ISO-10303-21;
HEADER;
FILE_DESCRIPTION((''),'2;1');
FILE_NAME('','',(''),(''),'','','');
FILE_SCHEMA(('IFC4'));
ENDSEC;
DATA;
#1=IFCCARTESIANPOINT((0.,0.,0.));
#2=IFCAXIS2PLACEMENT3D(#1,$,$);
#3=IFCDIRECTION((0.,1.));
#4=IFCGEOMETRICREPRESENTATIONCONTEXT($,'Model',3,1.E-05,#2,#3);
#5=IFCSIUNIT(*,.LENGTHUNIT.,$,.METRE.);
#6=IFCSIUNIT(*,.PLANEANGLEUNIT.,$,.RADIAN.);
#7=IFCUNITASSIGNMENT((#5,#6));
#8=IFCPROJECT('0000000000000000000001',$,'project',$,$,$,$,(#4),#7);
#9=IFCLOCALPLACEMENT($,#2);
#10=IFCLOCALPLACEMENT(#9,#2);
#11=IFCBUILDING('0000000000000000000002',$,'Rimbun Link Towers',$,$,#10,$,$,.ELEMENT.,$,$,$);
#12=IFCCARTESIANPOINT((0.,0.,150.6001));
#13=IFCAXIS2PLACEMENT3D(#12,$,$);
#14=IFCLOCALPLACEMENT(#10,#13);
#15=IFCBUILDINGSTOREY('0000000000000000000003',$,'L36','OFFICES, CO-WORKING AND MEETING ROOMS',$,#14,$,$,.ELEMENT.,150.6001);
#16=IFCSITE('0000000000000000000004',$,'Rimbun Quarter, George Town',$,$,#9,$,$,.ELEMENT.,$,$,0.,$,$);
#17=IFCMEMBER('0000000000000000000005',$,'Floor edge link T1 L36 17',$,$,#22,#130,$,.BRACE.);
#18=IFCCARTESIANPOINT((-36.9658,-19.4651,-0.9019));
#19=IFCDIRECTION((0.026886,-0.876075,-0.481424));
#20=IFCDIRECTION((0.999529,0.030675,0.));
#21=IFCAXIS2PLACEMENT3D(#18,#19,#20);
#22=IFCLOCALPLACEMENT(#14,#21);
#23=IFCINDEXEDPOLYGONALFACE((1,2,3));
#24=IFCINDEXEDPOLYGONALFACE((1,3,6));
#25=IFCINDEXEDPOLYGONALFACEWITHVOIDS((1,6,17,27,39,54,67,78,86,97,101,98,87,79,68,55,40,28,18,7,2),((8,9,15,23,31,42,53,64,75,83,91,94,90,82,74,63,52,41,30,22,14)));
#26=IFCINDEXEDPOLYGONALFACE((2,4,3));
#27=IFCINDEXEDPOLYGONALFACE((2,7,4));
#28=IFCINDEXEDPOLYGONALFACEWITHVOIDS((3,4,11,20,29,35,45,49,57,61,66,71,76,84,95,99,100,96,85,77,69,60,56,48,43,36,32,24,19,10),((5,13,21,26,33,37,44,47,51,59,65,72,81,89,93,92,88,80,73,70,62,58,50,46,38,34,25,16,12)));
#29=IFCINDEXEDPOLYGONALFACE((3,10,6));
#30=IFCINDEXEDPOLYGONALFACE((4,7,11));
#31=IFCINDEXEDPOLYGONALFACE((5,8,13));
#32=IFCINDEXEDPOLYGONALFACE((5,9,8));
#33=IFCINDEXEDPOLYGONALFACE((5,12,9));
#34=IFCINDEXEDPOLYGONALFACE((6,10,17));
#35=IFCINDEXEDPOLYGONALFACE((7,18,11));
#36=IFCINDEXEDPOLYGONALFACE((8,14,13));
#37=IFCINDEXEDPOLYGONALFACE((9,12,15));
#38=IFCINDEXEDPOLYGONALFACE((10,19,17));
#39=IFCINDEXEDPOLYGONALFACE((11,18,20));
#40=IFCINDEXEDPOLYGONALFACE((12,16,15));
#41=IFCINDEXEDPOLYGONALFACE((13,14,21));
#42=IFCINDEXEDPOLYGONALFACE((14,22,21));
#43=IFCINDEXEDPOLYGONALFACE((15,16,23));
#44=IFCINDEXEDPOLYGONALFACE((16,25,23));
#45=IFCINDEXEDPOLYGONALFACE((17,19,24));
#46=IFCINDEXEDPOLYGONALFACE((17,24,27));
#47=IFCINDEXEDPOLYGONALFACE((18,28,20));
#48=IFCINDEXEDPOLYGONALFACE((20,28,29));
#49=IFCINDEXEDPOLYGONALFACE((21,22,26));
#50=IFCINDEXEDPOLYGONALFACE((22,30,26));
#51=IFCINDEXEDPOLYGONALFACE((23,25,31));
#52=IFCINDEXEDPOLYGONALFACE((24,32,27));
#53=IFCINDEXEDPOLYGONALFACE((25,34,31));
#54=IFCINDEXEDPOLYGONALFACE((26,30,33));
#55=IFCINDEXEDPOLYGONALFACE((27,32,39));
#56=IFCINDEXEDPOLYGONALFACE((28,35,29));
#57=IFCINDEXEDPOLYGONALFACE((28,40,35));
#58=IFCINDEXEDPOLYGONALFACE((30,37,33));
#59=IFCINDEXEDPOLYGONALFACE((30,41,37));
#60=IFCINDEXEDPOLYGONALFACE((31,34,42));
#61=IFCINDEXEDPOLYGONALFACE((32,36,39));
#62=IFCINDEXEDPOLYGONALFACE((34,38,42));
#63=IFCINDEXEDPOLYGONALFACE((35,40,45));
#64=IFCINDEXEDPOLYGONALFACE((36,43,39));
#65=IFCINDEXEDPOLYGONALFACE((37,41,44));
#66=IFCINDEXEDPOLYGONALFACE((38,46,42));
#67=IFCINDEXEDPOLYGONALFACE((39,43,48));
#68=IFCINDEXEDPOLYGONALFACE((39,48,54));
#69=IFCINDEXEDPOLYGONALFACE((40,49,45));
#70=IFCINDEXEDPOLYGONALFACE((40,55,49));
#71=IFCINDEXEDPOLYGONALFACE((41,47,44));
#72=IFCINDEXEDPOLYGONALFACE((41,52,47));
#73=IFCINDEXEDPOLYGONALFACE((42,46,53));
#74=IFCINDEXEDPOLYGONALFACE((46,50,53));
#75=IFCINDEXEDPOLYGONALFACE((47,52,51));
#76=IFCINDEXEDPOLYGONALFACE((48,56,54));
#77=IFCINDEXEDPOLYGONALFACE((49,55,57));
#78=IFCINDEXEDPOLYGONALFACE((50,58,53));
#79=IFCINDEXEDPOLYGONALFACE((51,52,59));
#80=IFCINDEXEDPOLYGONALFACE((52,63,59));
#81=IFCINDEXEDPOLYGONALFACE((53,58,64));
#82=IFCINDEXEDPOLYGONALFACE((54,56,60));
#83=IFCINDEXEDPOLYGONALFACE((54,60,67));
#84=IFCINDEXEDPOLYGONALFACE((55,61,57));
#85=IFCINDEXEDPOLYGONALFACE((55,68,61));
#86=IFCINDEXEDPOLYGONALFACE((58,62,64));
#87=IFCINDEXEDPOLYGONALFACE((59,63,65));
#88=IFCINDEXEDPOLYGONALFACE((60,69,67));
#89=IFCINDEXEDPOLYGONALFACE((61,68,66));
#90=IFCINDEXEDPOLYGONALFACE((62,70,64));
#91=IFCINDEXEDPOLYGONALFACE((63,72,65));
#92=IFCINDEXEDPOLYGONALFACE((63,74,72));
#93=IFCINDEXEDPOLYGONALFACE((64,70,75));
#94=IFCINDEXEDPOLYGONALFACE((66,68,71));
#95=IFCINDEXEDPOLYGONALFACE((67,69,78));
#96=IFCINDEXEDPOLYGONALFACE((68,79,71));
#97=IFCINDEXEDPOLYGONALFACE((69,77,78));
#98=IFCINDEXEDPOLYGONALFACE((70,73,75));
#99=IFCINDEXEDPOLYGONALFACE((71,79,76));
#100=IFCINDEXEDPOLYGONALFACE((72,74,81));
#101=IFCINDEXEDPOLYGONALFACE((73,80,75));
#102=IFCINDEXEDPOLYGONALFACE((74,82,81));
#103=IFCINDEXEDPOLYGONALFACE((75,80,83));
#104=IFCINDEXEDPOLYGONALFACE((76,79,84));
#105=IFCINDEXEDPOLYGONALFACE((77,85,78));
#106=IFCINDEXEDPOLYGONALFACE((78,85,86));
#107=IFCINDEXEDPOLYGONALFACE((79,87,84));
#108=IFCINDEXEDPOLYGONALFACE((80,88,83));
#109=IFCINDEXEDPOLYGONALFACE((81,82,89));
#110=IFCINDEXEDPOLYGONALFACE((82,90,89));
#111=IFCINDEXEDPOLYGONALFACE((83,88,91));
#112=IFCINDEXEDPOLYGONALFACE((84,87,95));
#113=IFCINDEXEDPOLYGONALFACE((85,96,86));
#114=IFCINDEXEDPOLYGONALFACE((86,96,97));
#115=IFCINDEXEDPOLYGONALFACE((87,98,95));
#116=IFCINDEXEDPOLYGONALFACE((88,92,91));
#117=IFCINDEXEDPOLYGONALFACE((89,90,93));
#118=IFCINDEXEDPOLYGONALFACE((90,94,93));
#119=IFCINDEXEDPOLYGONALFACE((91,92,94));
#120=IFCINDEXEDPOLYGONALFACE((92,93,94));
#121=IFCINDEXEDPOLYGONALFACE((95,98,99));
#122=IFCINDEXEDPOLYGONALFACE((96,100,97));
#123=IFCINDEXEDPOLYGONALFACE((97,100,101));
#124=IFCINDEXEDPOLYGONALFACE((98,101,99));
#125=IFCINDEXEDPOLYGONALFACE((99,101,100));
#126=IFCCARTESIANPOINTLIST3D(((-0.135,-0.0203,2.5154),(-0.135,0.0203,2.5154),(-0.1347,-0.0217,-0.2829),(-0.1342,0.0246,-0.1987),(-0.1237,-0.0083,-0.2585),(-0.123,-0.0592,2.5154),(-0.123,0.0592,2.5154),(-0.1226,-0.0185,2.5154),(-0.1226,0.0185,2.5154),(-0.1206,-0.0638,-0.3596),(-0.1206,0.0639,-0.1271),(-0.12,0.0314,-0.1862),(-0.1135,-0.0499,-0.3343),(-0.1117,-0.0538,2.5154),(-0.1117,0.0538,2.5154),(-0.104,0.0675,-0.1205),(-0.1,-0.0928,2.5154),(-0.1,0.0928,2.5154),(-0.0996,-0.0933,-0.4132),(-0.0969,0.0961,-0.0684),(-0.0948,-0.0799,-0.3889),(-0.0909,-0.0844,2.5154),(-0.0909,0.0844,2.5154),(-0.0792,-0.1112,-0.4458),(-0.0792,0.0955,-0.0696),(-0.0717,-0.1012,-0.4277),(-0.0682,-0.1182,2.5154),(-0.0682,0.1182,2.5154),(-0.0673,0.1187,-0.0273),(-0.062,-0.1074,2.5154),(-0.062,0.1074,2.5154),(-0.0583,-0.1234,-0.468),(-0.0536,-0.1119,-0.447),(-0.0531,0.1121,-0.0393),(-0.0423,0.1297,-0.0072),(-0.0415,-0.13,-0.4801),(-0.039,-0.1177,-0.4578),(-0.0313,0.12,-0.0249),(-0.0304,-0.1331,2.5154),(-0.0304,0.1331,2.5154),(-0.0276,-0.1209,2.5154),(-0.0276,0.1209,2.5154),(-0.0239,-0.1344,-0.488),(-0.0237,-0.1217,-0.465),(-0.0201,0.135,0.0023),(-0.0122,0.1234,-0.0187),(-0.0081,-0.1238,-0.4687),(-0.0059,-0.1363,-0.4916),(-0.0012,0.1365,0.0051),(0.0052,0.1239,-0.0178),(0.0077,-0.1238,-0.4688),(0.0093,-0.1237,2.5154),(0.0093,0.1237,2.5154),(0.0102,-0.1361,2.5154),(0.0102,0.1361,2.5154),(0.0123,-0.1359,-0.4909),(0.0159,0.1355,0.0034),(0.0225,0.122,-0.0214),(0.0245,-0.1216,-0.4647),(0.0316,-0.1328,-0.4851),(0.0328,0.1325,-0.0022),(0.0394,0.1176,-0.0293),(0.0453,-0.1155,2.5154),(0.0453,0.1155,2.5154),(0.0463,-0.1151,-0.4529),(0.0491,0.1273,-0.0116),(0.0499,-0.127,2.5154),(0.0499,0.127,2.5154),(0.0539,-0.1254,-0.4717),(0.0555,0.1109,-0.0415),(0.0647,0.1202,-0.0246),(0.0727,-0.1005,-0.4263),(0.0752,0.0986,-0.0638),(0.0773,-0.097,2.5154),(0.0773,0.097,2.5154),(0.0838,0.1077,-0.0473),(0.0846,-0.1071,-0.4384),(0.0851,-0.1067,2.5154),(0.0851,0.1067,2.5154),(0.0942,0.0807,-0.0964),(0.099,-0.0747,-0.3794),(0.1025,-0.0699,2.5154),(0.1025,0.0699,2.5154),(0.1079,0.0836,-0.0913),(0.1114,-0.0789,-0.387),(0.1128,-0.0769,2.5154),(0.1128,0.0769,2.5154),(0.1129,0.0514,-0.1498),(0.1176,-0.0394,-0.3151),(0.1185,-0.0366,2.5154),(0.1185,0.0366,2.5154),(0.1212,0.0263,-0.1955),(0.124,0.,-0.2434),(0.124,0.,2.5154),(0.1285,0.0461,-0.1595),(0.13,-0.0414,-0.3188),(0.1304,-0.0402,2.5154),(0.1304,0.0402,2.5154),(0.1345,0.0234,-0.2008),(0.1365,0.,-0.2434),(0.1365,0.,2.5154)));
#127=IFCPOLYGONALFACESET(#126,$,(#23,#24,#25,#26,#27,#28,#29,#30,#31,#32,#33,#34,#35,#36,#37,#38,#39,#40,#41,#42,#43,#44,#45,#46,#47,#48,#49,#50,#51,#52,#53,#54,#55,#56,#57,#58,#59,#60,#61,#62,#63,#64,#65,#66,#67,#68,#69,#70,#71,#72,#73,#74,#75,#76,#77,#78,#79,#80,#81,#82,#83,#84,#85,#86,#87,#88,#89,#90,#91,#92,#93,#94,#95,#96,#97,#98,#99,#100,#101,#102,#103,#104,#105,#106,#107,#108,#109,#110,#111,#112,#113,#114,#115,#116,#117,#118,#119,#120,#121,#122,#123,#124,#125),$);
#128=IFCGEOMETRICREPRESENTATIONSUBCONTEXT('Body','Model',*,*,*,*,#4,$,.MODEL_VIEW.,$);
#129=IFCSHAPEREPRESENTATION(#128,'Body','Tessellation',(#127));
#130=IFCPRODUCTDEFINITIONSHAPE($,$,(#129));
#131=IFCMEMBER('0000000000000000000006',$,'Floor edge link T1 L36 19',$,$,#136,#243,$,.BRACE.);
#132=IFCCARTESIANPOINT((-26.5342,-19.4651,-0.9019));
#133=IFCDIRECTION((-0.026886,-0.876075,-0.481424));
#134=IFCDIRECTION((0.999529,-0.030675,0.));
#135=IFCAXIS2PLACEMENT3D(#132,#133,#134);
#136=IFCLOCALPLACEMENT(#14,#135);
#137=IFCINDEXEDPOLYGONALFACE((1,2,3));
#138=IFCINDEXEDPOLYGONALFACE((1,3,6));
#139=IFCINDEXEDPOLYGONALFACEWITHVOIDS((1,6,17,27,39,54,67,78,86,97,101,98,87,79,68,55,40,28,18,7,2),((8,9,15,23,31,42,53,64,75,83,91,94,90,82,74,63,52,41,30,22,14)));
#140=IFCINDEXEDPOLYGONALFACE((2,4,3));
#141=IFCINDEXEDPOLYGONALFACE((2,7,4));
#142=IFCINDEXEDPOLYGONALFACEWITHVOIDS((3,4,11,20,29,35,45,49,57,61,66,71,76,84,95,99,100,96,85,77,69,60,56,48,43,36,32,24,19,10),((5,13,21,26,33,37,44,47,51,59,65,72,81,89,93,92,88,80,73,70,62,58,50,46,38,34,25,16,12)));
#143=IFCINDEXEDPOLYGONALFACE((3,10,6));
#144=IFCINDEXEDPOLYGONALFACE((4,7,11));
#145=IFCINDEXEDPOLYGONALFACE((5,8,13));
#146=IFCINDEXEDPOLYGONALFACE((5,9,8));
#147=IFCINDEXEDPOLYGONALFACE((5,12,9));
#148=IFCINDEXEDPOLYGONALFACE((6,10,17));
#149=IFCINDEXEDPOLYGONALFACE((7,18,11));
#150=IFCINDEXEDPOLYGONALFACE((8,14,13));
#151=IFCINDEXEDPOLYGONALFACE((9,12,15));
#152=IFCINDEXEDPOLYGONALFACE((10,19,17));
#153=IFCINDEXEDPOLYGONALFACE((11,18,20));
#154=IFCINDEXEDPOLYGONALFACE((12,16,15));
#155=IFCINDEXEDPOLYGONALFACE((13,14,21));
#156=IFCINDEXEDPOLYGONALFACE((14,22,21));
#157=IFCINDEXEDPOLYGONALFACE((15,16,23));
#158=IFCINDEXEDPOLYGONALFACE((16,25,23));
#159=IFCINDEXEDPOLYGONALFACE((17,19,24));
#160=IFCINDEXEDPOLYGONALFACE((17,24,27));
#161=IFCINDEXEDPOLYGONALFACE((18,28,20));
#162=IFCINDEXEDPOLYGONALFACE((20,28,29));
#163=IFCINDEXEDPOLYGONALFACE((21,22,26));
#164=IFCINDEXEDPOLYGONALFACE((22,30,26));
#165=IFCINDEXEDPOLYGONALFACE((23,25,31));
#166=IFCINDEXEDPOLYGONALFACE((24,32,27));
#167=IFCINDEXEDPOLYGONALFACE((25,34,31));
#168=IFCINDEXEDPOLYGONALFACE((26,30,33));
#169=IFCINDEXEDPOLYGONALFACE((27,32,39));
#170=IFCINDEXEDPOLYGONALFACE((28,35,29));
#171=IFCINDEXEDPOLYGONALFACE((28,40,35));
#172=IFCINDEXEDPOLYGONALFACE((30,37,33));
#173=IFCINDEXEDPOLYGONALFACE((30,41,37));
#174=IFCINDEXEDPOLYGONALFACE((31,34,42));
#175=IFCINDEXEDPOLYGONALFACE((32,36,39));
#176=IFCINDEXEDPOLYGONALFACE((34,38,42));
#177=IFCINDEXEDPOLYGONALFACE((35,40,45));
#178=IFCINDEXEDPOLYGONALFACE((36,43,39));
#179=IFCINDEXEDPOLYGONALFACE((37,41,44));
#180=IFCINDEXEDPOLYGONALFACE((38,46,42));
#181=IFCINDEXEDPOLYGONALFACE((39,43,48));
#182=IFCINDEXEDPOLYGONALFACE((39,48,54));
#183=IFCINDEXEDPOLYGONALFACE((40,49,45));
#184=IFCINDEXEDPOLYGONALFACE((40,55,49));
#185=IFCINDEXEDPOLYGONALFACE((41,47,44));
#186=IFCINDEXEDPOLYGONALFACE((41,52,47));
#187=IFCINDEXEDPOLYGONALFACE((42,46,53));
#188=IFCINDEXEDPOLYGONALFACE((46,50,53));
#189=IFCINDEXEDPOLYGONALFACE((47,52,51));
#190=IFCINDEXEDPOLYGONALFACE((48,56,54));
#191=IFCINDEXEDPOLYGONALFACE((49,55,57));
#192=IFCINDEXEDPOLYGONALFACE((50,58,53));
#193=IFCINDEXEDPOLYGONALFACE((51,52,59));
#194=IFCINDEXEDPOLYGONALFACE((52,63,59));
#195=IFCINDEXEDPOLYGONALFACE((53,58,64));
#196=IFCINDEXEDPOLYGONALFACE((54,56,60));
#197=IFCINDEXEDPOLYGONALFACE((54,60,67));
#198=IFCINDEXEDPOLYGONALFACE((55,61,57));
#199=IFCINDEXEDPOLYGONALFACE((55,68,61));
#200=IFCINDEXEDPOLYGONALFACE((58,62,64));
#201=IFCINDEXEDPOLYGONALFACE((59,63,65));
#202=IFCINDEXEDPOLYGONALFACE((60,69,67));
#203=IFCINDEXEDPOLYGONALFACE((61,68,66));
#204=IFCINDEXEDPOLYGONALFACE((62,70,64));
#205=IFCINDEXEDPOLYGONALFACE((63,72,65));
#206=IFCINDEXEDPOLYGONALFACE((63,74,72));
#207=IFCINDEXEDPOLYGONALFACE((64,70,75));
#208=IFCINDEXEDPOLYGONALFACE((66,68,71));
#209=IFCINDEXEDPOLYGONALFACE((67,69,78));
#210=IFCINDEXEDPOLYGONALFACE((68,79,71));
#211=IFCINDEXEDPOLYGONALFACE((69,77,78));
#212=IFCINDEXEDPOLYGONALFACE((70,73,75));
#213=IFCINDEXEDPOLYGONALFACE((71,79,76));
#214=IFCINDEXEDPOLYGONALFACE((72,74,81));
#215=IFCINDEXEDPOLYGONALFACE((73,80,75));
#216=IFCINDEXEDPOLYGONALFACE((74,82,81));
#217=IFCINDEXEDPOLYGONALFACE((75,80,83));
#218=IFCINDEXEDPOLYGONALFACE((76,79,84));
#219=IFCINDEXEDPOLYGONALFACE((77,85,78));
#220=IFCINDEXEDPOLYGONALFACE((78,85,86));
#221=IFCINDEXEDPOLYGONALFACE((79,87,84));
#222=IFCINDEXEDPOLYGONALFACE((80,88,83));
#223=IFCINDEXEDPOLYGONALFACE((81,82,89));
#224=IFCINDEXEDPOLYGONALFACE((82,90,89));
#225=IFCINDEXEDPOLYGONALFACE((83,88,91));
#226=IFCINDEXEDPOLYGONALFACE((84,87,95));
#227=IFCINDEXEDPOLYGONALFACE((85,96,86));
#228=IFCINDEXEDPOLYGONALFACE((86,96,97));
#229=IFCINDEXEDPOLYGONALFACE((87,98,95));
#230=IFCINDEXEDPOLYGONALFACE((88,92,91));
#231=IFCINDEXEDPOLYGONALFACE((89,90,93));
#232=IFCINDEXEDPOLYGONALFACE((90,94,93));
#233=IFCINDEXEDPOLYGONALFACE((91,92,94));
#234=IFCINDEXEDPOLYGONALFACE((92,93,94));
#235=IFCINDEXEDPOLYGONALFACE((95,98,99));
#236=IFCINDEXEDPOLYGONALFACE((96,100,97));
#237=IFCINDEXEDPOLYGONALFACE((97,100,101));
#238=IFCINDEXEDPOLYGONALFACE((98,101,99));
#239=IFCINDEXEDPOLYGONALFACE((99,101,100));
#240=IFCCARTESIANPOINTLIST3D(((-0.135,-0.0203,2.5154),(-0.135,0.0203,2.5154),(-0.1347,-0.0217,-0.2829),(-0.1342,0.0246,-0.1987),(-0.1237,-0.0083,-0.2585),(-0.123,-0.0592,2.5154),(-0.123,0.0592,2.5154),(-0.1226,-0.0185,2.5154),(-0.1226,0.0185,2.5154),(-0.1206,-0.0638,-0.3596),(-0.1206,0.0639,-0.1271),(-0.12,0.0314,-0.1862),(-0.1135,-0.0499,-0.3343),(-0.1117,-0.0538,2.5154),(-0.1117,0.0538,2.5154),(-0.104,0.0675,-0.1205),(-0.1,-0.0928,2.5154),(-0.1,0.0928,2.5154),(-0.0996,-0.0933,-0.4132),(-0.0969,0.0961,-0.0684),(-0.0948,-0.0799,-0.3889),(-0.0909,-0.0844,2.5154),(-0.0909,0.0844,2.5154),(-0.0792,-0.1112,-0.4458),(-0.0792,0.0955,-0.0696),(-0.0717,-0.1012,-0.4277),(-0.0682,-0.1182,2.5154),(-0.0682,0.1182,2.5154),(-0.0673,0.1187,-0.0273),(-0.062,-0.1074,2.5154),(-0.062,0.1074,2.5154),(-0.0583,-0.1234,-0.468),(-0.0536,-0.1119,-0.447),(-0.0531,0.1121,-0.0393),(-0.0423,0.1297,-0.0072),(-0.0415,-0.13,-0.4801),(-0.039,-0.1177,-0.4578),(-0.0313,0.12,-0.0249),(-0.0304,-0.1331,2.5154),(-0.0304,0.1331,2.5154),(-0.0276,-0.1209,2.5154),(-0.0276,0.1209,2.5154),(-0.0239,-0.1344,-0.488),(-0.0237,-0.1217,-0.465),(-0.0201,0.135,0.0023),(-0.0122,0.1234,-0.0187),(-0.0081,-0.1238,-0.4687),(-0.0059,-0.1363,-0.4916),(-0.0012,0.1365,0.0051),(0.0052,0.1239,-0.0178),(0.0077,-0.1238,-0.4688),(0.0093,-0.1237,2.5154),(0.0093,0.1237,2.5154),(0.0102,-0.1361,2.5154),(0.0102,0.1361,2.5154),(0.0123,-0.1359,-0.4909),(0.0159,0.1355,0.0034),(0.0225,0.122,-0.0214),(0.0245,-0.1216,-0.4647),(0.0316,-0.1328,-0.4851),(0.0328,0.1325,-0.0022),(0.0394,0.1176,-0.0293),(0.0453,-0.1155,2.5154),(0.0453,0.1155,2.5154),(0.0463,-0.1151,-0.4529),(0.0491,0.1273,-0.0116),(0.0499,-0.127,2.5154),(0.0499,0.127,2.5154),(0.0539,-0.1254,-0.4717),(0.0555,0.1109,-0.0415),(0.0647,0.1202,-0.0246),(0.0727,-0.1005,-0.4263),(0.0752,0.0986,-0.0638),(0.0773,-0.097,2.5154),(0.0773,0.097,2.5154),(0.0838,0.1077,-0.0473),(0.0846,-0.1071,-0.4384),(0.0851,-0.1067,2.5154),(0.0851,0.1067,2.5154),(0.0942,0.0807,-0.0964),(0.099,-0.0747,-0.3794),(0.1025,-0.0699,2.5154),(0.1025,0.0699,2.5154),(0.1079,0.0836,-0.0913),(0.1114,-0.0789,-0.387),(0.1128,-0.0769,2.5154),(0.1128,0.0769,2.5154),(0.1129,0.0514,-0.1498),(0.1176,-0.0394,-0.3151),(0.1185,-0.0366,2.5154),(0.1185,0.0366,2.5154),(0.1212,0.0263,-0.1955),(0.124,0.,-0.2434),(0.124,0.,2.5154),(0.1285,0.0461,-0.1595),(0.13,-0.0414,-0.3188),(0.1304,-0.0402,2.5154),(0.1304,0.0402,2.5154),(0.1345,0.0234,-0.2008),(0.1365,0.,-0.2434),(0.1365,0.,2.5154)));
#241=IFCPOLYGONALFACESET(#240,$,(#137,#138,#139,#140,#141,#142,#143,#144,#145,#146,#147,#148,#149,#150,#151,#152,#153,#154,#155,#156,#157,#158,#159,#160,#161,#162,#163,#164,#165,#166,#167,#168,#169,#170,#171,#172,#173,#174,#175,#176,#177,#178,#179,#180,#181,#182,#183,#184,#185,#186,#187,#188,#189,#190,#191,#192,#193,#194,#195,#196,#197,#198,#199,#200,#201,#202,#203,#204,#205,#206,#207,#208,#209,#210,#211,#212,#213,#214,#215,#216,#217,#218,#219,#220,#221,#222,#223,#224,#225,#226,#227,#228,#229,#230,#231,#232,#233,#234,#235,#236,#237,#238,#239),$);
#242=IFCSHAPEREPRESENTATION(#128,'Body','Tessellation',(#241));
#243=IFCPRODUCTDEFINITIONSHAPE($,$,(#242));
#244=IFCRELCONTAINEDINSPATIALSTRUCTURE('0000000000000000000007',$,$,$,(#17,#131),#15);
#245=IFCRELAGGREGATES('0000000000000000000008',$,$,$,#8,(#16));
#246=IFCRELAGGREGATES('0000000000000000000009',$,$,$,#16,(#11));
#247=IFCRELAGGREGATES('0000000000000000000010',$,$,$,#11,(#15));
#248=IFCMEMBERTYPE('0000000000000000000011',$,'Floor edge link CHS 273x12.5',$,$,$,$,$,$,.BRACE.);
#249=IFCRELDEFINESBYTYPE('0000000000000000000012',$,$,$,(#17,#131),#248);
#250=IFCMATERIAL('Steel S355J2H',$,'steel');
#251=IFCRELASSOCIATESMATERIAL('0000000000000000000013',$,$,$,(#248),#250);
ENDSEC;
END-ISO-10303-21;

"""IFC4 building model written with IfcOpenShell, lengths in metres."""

from ifc_helpers import new_model, si_unit, direction, frame, origin, origin_2d, place, context, subcontext, project, spatial, hollow_circle, extrude, clip, halfspace, material, material_profile, profile_set, type_object, element, save


model = new_model("IFC4")

# Units and contexts
model_context = context("Model", 3, precision=1e-05, world=origin(), true_north=direction((0.0, 1.0)))
body_context = subcontext(model_context, "Body", "Model", "MODEL_VIEW")
ifc_project = project(units=[si_unit("LENGTHUNIT", "METRE"), si_unit("PLANEANGLEUNIT", "RADIAN")], contexts=[model_context])

# Site, building, storey
site_placement = place(None, origin())
site = spatial("IfcSite", under=ifc_project, at=site_placement, Name="Rimbun Quarter, George Town", CompositionType="ELEMENT", RefElevation=0.0)
building_placement = place(site_placement, origin())
building = spatial("IfcBuilding", under=site, at=building_placement, Name="Rimbun Link Towers", CompositionType="ELEMENT")
storey_placement = place(building_placement, frame((0.0, 0.0, 150.6001)))
storey = spatial("IfcBuildingStorey", under=building, at=storey_placement, Name="L36", Description="OFFICES, CO-WORKING AND MEETING ROOMS", CompositionType="ELEMENT", Elevation=150.6001)

# Members
ifc_material_1 = material(Name="Steel S355J2H", Category="steel")
ifc_material_profile_1 = material_profile(ifc_material_1, hollow_circle(Radius=0.1365, WallThickness=0.0125, at=origin_2d()), Name="CHS 273x12.5")
ifc_profile_set_1 = profile_set([ifc_material_profile_1], Name="Steel S355J2H")
member_type_1 = type_object("IfcMemberType", Name="Floor edge link CHS 273x12.5", PredefinedType="BRACE", material=ifc_profile_set_1)
for number, where, z_axis, x_axis, name in (
    (1, (-36.9658, -19.4651, -0.9019), (0.026886, -0.876075, -0.481424), (0.999529, 0.030675, 0.0), "Floor edge link T1 L36 17"),
    (2, (-26.5342, -19.4651, -0.9019), (-0.026886, -0.876075, -0.481424), (0.999529, -0.030675, 0.0), "Floor edge link T1 L36 19"),
):
    element("IfcMember", number, at=place(storey_placement, frame(where, z_axis=z_axis, x_axis=x_axis)), inside=storey, type_object=member_type_1, Name=name, PredefinedType="BRACE", context=body_context, shape_type="Clipping", body=[
        clip(extrude(hollow_circle(Radius=0.1365, WallThickness=0.0125, at=origin_2d()), frame((0.0, 0.0, -0.5178)), (0.0, 0.0, 1.0), 3.0332), halfspace(frame((0.0, 0.0, -0.2434), z_axis=(0.0, 0.876488, -0.481424)), False)),
    ])

save(model, "model.ifc")
